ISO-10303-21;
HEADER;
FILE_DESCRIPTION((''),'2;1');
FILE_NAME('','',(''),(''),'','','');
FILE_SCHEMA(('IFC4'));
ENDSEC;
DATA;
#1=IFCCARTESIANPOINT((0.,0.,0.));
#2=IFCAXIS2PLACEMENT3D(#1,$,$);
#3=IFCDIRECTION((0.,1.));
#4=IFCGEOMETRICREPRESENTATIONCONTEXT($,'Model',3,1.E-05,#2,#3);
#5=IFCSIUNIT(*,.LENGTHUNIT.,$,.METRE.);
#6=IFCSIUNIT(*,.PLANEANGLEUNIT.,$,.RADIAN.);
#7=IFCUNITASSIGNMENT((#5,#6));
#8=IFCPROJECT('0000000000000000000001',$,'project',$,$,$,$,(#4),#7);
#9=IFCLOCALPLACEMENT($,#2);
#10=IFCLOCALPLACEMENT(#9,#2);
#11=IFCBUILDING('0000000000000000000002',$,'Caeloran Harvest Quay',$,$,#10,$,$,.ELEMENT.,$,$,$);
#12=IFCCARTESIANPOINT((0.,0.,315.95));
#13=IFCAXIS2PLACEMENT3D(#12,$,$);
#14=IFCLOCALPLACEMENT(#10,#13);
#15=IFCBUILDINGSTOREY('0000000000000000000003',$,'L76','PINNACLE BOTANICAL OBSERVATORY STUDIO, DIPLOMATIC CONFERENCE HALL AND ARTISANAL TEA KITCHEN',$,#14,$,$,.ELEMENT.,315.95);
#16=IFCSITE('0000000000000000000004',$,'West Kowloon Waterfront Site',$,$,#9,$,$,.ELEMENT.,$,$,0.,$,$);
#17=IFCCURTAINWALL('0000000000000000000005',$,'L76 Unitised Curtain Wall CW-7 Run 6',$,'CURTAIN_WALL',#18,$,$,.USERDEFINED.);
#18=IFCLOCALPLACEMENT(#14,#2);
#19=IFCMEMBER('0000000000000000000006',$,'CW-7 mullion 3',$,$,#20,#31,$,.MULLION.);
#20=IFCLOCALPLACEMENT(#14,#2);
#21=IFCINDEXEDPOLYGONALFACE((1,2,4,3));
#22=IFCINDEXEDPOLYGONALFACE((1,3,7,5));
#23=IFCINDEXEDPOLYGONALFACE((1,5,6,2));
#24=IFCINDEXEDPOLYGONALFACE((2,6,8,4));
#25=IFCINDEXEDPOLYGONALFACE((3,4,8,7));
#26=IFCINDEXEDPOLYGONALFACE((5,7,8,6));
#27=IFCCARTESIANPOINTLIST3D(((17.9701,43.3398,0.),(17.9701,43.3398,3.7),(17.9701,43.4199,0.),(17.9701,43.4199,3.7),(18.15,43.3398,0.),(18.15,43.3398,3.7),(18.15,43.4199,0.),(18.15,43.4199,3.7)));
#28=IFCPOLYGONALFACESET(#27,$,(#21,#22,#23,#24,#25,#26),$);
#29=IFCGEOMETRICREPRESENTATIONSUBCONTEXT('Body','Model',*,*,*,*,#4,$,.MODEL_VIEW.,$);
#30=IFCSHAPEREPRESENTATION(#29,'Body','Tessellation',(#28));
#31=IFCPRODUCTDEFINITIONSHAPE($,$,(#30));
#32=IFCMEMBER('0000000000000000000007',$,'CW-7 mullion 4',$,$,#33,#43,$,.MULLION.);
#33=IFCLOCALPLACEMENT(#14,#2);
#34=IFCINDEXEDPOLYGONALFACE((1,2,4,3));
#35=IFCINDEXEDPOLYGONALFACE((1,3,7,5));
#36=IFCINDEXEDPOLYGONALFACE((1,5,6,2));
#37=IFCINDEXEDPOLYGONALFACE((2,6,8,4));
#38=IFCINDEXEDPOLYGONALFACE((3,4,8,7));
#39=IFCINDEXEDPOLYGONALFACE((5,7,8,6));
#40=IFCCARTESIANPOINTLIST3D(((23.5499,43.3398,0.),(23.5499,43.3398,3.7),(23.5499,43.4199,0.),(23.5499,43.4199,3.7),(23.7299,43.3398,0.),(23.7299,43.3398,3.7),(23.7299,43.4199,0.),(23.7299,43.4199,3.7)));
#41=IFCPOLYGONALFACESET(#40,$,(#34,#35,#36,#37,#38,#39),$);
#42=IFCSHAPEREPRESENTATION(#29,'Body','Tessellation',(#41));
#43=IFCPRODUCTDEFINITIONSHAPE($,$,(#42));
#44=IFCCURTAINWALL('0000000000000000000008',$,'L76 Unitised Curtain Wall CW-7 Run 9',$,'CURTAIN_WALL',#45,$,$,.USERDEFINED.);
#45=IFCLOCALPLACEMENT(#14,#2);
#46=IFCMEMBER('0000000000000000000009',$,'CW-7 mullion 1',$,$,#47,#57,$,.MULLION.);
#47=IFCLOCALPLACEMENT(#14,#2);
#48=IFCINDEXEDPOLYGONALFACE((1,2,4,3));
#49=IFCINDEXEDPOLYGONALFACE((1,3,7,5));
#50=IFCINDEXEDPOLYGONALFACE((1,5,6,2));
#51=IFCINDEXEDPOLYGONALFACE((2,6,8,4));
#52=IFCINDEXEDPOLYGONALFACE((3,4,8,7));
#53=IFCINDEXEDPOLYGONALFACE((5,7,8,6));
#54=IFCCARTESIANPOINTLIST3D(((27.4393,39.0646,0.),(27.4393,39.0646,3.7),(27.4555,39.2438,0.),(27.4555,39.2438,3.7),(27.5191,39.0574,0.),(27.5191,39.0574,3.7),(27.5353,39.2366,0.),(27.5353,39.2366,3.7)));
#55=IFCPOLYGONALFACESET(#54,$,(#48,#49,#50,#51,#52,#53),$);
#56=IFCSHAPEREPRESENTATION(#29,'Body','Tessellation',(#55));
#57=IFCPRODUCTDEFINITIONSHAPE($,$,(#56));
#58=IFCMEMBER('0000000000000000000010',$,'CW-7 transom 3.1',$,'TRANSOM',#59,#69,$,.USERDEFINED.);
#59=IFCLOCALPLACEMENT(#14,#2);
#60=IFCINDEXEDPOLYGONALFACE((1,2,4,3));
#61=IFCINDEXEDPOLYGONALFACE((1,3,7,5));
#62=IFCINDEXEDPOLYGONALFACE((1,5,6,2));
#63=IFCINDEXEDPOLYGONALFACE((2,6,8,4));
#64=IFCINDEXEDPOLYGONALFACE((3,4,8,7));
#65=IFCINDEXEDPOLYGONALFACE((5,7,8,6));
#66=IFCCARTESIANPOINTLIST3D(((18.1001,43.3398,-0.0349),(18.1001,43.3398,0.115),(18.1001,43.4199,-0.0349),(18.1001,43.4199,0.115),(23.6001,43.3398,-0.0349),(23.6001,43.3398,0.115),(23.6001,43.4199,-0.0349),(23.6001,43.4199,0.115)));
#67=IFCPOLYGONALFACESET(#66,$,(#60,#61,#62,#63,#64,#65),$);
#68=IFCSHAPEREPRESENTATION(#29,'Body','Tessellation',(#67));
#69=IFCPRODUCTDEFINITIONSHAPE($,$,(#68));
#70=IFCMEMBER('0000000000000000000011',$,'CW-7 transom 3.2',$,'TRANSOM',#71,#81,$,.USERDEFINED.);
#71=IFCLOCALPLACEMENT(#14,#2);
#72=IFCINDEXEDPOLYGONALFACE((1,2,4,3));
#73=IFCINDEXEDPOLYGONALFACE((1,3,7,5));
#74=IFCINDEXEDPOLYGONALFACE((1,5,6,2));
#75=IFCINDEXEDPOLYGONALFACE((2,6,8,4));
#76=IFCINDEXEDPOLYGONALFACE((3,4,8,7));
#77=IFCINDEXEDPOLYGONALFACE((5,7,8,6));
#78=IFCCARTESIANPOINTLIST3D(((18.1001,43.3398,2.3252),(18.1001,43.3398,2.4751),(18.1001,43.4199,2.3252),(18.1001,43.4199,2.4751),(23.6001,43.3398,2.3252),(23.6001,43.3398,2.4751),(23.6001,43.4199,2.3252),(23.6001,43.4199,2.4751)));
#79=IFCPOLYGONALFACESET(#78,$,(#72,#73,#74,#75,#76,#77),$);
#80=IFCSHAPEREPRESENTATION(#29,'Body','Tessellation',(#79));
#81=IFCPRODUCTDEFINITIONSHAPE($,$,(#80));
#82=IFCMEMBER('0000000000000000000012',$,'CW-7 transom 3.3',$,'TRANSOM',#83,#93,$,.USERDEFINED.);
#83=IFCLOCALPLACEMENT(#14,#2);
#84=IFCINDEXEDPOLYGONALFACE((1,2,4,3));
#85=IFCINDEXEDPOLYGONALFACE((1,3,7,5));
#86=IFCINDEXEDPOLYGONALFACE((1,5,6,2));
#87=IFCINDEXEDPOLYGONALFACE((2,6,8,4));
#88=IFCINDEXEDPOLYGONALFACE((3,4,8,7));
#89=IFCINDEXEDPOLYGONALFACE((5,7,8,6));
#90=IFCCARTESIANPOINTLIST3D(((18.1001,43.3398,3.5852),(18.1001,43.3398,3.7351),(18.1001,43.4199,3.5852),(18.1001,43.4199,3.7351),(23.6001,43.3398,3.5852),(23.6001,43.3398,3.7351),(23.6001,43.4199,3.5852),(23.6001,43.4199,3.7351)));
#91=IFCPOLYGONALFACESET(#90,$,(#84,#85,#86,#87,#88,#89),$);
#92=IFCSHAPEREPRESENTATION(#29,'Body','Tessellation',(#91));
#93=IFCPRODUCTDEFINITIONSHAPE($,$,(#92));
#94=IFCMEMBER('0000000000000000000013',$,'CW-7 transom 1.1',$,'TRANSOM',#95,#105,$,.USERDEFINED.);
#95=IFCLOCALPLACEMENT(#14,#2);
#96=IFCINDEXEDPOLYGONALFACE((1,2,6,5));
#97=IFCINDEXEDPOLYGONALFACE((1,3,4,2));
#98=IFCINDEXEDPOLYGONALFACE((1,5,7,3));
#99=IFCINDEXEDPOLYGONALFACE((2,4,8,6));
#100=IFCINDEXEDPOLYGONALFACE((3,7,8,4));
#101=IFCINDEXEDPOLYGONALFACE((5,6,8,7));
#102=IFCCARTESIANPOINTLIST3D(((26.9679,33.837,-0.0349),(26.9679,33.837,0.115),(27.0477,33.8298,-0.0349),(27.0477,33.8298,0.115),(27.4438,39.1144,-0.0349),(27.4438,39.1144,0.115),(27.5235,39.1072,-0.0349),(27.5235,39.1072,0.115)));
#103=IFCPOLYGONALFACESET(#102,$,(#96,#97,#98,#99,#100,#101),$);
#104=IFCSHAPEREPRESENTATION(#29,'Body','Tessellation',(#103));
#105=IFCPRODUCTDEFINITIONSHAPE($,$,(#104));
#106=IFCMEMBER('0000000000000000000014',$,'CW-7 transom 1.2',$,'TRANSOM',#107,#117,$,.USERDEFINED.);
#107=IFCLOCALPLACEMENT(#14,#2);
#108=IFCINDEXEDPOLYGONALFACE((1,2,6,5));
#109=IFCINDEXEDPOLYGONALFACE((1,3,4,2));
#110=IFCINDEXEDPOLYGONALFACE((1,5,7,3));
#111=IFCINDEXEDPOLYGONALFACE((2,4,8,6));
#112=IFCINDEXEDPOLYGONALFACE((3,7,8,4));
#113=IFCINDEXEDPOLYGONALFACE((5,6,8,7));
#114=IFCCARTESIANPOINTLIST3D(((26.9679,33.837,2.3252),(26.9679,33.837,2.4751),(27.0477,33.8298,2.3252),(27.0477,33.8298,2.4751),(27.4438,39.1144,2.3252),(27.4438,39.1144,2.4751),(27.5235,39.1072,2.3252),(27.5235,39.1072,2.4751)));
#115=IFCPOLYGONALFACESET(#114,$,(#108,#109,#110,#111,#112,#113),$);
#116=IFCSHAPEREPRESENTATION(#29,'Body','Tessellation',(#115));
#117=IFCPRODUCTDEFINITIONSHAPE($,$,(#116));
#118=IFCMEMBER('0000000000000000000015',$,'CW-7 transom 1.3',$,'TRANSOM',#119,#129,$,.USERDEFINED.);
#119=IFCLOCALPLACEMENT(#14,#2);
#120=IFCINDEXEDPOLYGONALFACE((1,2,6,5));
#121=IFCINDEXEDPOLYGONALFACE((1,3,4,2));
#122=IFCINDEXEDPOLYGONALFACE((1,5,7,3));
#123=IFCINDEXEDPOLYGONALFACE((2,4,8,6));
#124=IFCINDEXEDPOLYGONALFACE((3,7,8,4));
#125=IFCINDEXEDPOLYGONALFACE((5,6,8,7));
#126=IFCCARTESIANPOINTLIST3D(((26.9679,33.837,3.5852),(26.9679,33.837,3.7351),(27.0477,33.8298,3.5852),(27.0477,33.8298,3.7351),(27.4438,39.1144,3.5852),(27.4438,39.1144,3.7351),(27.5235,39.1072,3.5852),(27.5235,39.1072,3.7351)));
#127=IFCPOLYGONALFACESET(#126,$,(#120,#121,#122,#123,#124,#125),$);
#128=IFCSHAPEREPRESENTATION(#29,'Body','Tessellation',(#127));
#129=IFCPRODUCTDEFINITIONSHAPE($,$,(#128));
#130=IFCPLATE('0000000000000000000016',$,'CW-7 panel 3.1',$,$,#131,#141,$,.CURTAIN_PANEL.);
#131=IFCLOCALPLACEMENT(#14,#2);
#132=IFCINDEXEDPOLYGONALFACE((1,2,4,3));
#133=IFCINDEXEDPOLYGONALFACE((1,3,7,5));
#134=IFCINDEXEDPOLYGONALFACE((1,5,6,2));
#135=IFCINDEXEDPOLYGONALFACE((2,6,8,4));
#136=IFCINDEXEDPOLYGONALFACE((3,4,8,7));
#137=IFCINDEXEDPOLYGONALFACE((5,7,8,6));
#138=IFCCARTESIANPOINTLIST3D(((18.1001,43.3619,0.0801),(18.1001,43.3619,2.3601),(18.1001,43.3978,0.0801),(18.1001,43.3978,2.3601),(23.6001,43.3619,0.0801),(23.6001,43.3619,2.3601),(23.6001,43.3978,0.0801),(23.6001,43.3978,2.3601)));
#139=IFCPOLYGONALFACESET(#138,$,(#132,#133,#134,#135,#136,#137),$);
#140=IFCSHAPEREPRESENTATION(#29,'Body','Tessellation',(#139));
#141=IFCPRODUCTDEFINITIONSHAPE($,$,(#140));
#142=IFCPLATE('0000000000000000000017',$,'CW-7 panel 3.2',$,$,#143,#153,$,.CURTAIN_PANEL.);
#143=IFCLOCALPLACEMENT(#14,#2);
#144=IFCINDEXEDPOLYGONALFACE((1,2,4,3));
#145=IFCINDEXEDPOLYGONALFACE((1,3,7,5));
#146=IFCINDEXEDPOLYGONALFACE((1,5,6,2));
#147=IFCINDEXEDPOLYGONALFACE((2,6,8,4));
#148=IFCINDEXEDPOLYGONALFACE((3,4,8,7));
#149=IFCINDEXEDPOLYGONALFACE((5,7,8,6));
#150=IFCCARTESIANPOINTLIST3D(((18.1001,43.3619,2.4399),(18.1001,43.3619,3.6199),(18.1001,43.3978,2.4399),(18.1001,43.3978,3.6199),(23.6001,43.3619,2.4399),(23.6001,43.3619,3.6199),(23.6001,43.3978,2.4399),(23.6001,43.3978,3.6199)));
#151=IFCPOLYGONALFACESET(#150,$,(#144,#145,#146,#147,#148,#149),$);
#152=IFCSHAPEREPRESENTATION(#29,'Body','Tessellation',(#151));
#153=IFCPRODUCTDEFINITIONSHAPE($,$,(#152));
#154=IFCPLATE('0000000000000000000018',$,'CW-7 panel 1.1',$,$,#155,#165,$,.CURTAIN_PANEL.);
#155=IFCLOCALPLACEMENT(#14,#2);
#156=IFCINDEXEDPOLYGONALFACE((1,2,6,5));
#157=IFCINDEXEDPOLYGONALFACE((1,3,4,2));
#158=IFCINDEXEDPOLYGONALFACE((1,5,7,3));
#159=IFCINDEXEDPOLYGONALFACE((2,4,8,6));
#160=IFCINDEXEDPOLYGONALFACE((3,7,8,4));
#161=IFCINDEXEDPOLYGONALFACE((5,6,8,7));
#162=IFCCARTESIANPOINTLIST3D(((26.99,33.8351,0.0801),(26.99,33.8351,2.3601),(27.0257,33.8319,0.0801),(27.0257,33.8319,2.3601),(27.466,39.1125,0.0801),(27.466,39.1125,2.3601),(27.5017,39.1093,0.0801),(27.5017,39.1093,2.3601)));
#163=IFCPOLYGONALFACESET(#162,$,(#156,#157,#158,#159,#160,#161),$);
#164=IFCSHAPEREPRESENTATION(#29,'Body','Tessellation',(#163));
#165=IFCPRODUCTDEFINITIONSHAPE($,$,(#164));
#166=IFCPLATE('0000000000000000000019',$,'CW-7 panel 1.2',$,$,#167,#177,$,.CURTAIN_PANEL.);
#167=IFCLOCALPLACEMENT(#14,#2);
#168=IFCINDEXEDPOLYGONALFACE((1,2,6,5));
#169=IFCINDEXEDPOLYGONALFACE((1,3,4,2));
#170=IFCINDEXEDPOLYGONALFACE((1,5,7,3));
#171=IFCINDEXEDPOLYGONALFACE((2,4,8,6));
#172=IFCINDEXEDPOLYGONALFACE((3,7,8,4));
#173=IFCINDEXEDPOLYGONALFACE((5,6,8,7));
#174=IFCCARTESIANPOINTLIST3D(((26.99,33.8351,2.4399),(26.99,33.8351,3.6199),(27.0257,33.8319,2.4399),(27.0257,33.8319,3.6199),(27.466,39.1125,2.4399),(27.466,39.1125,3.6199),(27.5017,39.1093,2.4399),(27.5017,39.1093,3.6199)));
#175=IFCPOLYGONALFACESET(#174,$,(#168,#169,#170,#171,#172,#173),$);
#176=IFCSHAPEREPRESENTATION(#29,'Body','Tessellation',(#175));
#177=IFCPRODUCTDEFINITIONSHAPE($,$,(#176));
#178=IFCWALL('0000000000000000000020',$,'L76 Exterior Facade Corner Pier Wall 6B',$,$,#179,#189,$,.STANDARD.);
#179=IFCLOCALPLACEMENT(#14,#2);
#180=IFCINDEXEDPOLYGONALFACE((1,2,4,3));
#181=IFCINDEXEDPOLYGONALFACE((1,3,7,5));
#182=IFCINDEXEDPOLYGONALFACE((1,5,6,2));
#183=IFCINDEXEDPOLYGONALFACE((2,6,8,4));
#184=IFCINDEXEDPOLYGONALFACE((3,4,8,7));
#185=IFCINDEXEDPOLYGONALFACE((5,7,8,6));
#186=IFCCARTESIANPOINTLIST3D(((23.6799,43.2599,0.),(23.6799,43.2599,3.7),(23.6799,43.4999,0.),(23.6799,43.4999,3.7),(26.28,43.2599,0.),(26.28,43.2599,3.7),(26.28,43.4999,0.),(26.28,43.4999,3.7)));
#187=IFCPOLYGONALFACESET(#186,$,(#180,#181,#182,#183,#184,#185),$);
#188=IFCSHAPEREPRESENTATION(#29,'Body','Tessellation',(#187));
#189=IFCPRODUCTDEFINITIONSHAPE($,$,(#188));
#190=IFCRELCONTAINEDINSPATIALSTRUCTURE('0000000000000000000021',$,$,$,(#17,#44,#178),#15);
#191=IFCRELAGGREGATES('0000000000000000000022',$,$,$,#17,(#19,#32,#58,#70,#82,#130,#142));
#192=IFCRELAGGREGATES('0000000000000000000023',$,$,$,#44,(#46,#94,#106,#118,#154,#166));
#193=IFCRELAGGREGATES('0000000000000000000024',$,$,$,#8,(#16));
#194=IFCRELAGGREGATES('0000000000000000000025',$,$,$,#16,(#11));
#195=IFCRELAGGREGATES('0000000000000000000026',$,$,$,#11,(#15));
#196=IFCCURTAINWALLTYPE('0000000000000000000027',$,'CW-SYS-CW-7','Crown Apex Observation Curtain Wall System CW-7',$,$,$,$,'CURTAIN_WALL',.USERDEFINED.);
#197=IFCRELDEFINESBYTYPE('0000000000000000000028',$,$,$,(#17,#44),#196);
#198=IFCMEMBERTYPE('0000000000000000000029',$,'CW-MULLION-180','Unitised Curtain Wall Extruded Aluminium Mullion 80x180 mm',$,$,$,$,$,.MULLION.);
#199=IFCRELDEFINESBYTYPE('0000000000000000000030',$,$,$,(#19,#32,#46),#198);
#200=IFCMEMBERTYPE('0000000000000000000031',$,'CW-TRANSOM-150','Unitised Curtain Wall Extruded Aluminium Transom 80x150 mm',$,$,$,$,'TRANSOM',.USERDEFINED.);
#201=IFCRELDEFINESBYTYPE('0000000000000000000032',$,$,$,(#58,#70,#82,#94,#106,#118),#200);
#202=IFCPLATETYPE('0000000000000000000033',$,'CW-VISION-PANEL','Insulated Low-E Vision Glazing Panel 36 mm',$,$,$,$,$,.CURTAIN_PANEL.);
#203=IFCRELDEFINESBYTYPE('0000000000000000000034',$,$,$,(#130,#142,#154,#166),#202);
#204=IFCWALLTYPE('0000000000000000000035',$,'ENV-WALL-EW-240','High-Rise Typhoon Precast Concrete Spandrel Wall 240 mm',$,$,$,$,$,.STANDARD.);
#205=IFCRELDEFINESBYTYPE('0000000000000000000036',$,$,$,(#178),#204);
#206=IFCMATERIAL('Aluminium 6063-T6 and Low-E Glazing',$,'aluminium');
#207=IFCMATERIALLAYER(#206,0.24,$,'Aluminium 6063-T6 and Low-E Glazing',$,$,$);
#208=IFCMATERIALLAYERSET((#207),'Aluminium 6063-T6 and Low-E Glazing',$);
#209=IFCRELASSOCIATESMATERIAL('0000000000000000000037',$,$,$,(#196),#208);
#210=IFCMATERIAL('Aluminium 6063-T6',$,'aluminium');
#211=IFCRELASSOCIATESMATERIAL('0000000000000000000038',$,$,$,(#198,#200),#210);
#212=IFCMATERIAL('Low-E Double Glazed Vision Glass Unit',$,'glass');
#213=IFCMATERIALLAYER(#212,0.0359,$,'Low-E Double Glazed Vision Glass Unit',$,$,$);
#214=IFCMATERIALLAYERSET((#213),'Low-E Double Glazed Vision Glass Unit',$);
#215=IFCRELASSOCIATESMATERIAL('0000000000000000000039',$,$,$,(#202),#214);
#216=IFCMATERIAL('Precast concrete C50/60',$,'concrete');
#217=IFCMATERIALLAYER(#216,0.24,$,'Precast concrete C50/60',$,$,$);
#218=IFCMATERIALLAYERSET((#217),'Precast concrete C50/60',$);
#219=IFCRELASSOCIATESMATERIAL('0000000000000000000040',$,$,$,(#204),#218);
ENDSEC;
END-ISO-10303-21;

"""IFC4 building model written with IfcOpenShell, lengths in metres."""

from ifc_helpers import new_model, si_unit, direction, frame, frame_2d, origin, origin_2d, place, context, subcontext, project, spatial, rectangle, extrude, material, layer, layer_set, material_profile, profile_set, type_object, element, aggregate, save


model = new_model("IFC4")

# Units and contexts
model_context = context("Model", 3, precision=1e-05, world=origin(), true_north=direction((0.0, 1.0)))
body_context = subcontext(model_context, "Body", "Model", "MODEL_VIEW")
ifc_project = project(units=[si_unit("LENGTHUNIT", "METRE"), si_unit("PLANEANGLEUNIT", "RADIAN")], contexts=[model_context])

# Site, building, storey
site_placement = place(None, origin())
site = spatial("IfcSite", under=ifc_project, at=site_placement, Name="West Kowloon Waterfront Site", CompositionType="ELEMENT", RefElevation=0.0)
building_placement = place(site_placement, origin())
building = spatial("IfcBuilding", under=site, at=building_placement, Name="Caeloran Harvest Quay", CompositionType="ELEMENT")
storey_placement = place(building_placement, frame((0.0, 0.0, 315.95)))
storey = spatial("IfcBuildingStorey", under=building, at=storey_placement, Name="L76", Description="PINNACLE BOTANICAL OBSERVATORY STUDIO, DIPLOMATIC CONFERENCE HALL AND ARTISANAL TEA KITCHEN", CompositionType="ELEMENT", Elevation=315.95)

# Curtain wall, members
ifc_material_1 = material(Name="Aluminium 6063-T6 and Low-E Glazing", Category="aluminium")
ifc_layer_1 = layer(ifc_material_1, 0.24, Name="Aluminium 6063-T6 and Low-E Glazing")
ifc_layer_set_1 = layer_set([ifc_layer_1], Name="Aluminium 6063-T6 and Low-E Glazing")
curtain_wall_type = type_object("IfcCurtainWallType", Name="CW-SYS-CW-7", Description="Crown Apex Observation Curtain Wall System CW-7", ElementType="CURTAIN_WALL", PredefinedType="USERDEFINED", material=ifc_layer_set_1)
curtain_wall_1_placement = place(storey_placement, origin())
curtain_wall_1 = element("IfcCurtainWall", 1, at=curtain_wall_1_placement, inside=storey, type_object=curtain_wall_type, Name="L76 Unitised Curtain Wall CW-7 Run 6", ObjectType="CURTAIN_WALL", PredefinedType="USERDEFINED")
ifc_material_2 = material(Name="Aluminium 6063-T6", Category="aluminium")
ifc_material_profile_1 = material_profile(ifc_material_2, rectangle(XDim=0.0801, YDim=0.1799, at=origin_2d()), Name="CW-MULLION-180")
ifc_profile_set_1 = profile_set([ifc_material_profile_1], Name="Aluminium 6063-T6")
member_type_1 = type_object("IfcMemberType", Name="CW-MULLION-180", Description="Unitised Curtain Wall Extruded Aluminium Mullion 80x180 mm", PredefinedType="MULLION", material=ifc_profile_set_1)
member_1_placement = place(storey_placement, frame((18.0601, 43.3799, 0.0), z_axis=(0.0, 0.0, 1.0), x_axis=(0.0, 1.0, 0.0)))
member_1 = element("IfcMember", 2, at=member_1_placement, type_object=member_type_1, Name="CW-7 mullion 3", PredefinedType="MULLION", context=body_context, shape_type="SweptSolid", body=[
    extrude(rectangle(XDim=0.0801, YDim=0.1799, at=origin_2d()), origin(), (0.0, 0.0, 1.0), 3.7),
])
member_2_placement = place(storey_placement, frame((23.6399, 43.3799, 0.0), z_axis=(0.0, 0.0, 1.0), x_axis=(0.0, 1.0, 0.0)))
member_2 = element("IfcMember", 3, at=member_2_placement, type_object=member_type_1, Name="CW-7 mullion 4", PredefinedType="MULLION", context=body_context, shape_type="SweptSolid", body=[
    extrude(rectangle(XDim=0.0801, YDim=0.1799, at=origin_2d()), origin(), (0.0, 0.0, 1.0), 3.7),
])

# Curtain wall, member
curtain_wall_2_placement = place(storey_placement, origin())
curtain_wall_2 = element("IfcCurtainWall", 4, at=curtain_wall_2_placement, inside=storey, type_object=curtain_wall_type, Name="L76 Unitised Curtain Wall CW-7 Run 9", ObjectType="CURTAIN_WALL", PredefinedType="USERDEFINED")
member_3_placement = place(storey_placement, frame((27.4873, 39.1506, 0.0), z_axis=(0.0, 0.0, 1.0), x_axis=(0.995958, -0.089821, 0.0)))
member_3 = element("IfcMember", 5, at=member_3_placement, type_object=member_type_1, Name="CW-7 mullion 1", PredefinedType="MULLION", context=body_context, shape_type="SweptSolid", body=[
    extrude(rectangle(XDim=0.0801, YDim=0.1799, at=origin_2d()), origin(), (0.0, 0.0, 1.0), 3.7),
])

# Members
ifc_material_profile_2 = material_profile(ifc_material_2, rectangle(XDim=0.0801, YDim=0.1499, at=origin_2d()), Name="CW-TRANSOM-150")
ifc_profile_set_2 = profile_set([ifc_material_profile_2], Name="Aluminium 6063-T6")
member_type_2 = type_object("IfcMemberType", Name="CW-TRANSOM-150", Description="Unitised Curtain Wall Extruded Aluminium Transom 80x150 mm", ElementType="TRANSOM", PredefinedType="USERDEFINED", material=ifc_profile_set_2)
member_4_placement = place(storey_placement, frame((18.1001, 43.3799, 0.04), z_axis=(1.0, 0.0, 0.0), x_axis=(0.0, 1.0, 0.0)))
member_4 = element("IfcMember", 6, at=member_4_placement, type_object=member_type_2, Name="CW-7 transom 3.1", ObjectType="TRANSOM", PredefinedType="USERDEFINED", context=body_context, shape_type="SweptSolid", body=[
    extrude(rectangle(XDim=0.0801, YDim=0.1499, at=origin_2d()), origin(), (0.0, 0.0, 1.0), 5.5),
])
member_5_placement = place(storey_placement, frame((18.1001, 43.3799, 2.4001), z_axis=(1.0, 0.0, 0.0), x_axis=(0.0, 1.0, 0.0)))
member_5 = element("IfcMember", 7, at=member_5_placement, type_object=member_type_2, Name="CW-7 transom 3.2", ObjectType="TRANSOM", PredefinedType="USERDEFINED", context=body_context, shape_type="SweptSolid", body=[
    extrude(rectangle(XDim=0.0801, YDim=0.1499, at=origin_2d()), origin(), (0.0, 0.0, 1.0), 5.5),
])
member_6_placement = place(storey_placement, frame((18.1001, 43.3799, 3.6602), z_axis=(1.0, 0.0, 0.0), x_axis=(0.0, 1.0, 0.0)))
member_6 = element("IfcMember", 8, at=member_6_placement, type_object=member_type_2, Name="CW-7 transom 3.3", ObjectType="TRANSOM", PredefinedType="USERDEFINED", context=body_context, shape_type="SweptSolid", body=[
    extrude(rectangle(XDim=0.0801, YDim=0.1499, at=origin_2d()), origin(), (0.0, 0.0, 1.0), 5.5),
])
member_7_placement = place(storey_placement, frame((27.4836, 39.1108, 0.04), z_axis=(-0.0898, -0.99596, 0.0), x_axis=(0.99596, -0.0898, 0.0)))
member_7 = element("IfcMember", 9, at=member_7_placement, type_object=member_type_2, Name="CW-7 transom 1.1", ObjectType="TRANSOM", PredefinedType="USERDEFINED", context=body_context, shape_type="SweptSolid", body=[
    extrude(rectangle(XDim=0.0801, YDim=0.1499, at=origin_2d()), origin(), (0.0, 0.0, 1.0), 5.2988),
])
member_8_placement = place(storey_placement, frame((27.4836, 39.1108, 2.4001), z_axis=(-0.0898, -0.99596, 0.0), x_axis=(0.99596, -0.0898, 0.0)))
member_8 = element("IfcMember", 10, at=member_8_placement, type_object=member_type_2, Name="CW-7 transom 1.2", ObjectType="TRANSOM", PredefinedType="USERDEFINED", context=body_context, shape_type="SweptSolid", body=[
    extrude(rectangle(XDim=0.0801, YDim=0.1499, at=origin_2d()), origin(), (0.0, 0.0, 1.0), 5.2988),
])
member_9_placement = place(storey_placement, frame((27.4836, 39.1108, 3.6602), z_axis=(-0.0898, -0.99596, 0.0), x_axis=(0.99596, -0.0898, 0.0)))
member_9 = element("IfcMember", 11, at=member_9_placement, type_object=member_type_2, Name="CW-7 transom 1.3", ObjectType="TRANSOM", PredefinedType="USERDEFINED", context=body_context, shape_type="SweptSolid", body=[
    extrude(rectangle(XDim=0.0801, YDim=0.1499, at=origin_2d()), origin(), (0.0, 0.0, 1.0), 5.2988),
])

# Plates
ifc_material_3 = material(Name="Low-E Double Glazed Vision Glass Unit", Category="glass")
ifc_layer_2 = layer(ifc_material_3, 0.0359, Name="Low-E Double Glazed Vision Glass Unit")
ifc_layer_set_2 = layer_set([ifc_layer_2], Name="Low-E Double Glazed Vision Glass Unit")
plate_type = type_object("IfcPlateType", Name="CW-VISION-PANEL", Description="Insulated Low-E Vision Glazing Panel 36 mm", PredefinedType="CURTAIN_PANEL", material=ifc_layer_set_2)
plate_1_placement = place(storey_placement, frame((20.8501, 43.3799, 0.0801), z_axis=(0.0, 0.0, 1.0), x_axis=(1.0, 0.0, 0.0)))
plate_1 = element("IfcPlate", 12, at=plate_1_placement, type_object=plate_type, Name="CW-7 panel 3.1", PredefinedType="CURTAIN_PANEL", context=body_context, shape_type="SweptSolid", body=[
    extrude(rectangle(XDim=5.5, YDim=0.0359, at=origin_2d()), origin(), (0.0, 0.0, 1.0), 2.28),
])
plate_2_placement = place(storey_placement, frame((20.8501, 43.3799, 2.4399), z_axis=(0.0, 0.0, 1.0), x_axis=(1.0, 0.0, 0.0)))
plate_2 = element("IfcPlate", 13, at=plate_2_placement, type_object=plate_type, Name="CW-7 panel 3.2", PredefinedType="CURTAIN_PANEL", context=body_context, shape_type="SweptSolid", body=[
    extrude(rectangle(XDim=5.5, YDim=0.0359, at=origin_2d()), origin(), (0.0, 0.0, 1.0), 1.1799),
])
aggregate(curtain_wall_1, [member_1, member_2, member_4, member_5, member_6, plate_1, plate_2])
plate_3_placement = place(storey_placement, frame((27.2458, 36.4722, 0.0801), z_axis=(0.0, 0.0, 1.0), x_axis=(-0.089821, -0.995958, 0.0)))
plate_3 = element("IfcPlate", 14, at=plate_3_placement, type_object=plate_type, Name="CW-7 panel 1.1", PredefinedType="CURTAIN_PANEL", context=body_context, shape_type="SweptSolid", body=[
    extrude(rectangle(XDim=5.2988, YDim=0.0359, at=origin_2d()), origin(), (0.0, 0.0, 1.0), 2.28),
])
plate_4_placement = place(storey_placement, frame((27.2458, 36.4722, 2.4399), z_axis=(0.0, 0.0, 1.0), x_axis=(-0.089821, -0.995958, 0.0)))
plate_4 = element("IfcPlate", 15, at=plate_4_placement, type_object=plate_type, Name="CW-7 panel 1.2", PredefinedType="CURTAIN_PANEL", context=body_context, shape_type="SweptSolid", body=[
    extrude(rectangle(XDim=5.2988, YDim=0.0359, at=origin_2d()), origin(), (0.0, 0.0, 1.0), 1.1799),
])
aggregate(curtain_wall_2, [member_3, member_7, member_8, member_9, plate_3, plate_4])

# Wall
ifc_material_4 = material(Name="Precast concrete C50/60", Category="concrete")
ifc_layer_3 = layer(ifc_material_4, 0.24, Name="Precast concrete C50/60")
ifc_layer_set_3 = layer_set([ifc_layer_3], Name="Precast concrete C50/60")
wall_type_1 = type_object("IfcWallType", Name="ENV-WALL-EW-240", Description="High-Rise Typhoon Precast Concrete Spandrel Wall 240 mm", PredefinedType="STANDARD", material=ifc_layer_set_3)
wall_1_placement = place(storey_placement, frame((23.6799, 43.3799, 0.0), z_axis=(0.0, 0.0, 1.0), x_axis=(1.0, 0.0, 0.0)))
element("IfcWall", 16, at=wall_1_placement, inside=storey, type_object=wall_type_1, Name="L76 Exterior Facade Corner Pier Wall 6B", PredefinedType="STANDARD", context=body_context, shape_type="SweptSolid", body=[
    extrude(rectangle(XDim=2.6001, YDim=0.24, at=frame_2d((1.3, 0.0))), origin(), (0.0, 0.0, 1.0), 3.7),
])

save(model, "model.ifc")
